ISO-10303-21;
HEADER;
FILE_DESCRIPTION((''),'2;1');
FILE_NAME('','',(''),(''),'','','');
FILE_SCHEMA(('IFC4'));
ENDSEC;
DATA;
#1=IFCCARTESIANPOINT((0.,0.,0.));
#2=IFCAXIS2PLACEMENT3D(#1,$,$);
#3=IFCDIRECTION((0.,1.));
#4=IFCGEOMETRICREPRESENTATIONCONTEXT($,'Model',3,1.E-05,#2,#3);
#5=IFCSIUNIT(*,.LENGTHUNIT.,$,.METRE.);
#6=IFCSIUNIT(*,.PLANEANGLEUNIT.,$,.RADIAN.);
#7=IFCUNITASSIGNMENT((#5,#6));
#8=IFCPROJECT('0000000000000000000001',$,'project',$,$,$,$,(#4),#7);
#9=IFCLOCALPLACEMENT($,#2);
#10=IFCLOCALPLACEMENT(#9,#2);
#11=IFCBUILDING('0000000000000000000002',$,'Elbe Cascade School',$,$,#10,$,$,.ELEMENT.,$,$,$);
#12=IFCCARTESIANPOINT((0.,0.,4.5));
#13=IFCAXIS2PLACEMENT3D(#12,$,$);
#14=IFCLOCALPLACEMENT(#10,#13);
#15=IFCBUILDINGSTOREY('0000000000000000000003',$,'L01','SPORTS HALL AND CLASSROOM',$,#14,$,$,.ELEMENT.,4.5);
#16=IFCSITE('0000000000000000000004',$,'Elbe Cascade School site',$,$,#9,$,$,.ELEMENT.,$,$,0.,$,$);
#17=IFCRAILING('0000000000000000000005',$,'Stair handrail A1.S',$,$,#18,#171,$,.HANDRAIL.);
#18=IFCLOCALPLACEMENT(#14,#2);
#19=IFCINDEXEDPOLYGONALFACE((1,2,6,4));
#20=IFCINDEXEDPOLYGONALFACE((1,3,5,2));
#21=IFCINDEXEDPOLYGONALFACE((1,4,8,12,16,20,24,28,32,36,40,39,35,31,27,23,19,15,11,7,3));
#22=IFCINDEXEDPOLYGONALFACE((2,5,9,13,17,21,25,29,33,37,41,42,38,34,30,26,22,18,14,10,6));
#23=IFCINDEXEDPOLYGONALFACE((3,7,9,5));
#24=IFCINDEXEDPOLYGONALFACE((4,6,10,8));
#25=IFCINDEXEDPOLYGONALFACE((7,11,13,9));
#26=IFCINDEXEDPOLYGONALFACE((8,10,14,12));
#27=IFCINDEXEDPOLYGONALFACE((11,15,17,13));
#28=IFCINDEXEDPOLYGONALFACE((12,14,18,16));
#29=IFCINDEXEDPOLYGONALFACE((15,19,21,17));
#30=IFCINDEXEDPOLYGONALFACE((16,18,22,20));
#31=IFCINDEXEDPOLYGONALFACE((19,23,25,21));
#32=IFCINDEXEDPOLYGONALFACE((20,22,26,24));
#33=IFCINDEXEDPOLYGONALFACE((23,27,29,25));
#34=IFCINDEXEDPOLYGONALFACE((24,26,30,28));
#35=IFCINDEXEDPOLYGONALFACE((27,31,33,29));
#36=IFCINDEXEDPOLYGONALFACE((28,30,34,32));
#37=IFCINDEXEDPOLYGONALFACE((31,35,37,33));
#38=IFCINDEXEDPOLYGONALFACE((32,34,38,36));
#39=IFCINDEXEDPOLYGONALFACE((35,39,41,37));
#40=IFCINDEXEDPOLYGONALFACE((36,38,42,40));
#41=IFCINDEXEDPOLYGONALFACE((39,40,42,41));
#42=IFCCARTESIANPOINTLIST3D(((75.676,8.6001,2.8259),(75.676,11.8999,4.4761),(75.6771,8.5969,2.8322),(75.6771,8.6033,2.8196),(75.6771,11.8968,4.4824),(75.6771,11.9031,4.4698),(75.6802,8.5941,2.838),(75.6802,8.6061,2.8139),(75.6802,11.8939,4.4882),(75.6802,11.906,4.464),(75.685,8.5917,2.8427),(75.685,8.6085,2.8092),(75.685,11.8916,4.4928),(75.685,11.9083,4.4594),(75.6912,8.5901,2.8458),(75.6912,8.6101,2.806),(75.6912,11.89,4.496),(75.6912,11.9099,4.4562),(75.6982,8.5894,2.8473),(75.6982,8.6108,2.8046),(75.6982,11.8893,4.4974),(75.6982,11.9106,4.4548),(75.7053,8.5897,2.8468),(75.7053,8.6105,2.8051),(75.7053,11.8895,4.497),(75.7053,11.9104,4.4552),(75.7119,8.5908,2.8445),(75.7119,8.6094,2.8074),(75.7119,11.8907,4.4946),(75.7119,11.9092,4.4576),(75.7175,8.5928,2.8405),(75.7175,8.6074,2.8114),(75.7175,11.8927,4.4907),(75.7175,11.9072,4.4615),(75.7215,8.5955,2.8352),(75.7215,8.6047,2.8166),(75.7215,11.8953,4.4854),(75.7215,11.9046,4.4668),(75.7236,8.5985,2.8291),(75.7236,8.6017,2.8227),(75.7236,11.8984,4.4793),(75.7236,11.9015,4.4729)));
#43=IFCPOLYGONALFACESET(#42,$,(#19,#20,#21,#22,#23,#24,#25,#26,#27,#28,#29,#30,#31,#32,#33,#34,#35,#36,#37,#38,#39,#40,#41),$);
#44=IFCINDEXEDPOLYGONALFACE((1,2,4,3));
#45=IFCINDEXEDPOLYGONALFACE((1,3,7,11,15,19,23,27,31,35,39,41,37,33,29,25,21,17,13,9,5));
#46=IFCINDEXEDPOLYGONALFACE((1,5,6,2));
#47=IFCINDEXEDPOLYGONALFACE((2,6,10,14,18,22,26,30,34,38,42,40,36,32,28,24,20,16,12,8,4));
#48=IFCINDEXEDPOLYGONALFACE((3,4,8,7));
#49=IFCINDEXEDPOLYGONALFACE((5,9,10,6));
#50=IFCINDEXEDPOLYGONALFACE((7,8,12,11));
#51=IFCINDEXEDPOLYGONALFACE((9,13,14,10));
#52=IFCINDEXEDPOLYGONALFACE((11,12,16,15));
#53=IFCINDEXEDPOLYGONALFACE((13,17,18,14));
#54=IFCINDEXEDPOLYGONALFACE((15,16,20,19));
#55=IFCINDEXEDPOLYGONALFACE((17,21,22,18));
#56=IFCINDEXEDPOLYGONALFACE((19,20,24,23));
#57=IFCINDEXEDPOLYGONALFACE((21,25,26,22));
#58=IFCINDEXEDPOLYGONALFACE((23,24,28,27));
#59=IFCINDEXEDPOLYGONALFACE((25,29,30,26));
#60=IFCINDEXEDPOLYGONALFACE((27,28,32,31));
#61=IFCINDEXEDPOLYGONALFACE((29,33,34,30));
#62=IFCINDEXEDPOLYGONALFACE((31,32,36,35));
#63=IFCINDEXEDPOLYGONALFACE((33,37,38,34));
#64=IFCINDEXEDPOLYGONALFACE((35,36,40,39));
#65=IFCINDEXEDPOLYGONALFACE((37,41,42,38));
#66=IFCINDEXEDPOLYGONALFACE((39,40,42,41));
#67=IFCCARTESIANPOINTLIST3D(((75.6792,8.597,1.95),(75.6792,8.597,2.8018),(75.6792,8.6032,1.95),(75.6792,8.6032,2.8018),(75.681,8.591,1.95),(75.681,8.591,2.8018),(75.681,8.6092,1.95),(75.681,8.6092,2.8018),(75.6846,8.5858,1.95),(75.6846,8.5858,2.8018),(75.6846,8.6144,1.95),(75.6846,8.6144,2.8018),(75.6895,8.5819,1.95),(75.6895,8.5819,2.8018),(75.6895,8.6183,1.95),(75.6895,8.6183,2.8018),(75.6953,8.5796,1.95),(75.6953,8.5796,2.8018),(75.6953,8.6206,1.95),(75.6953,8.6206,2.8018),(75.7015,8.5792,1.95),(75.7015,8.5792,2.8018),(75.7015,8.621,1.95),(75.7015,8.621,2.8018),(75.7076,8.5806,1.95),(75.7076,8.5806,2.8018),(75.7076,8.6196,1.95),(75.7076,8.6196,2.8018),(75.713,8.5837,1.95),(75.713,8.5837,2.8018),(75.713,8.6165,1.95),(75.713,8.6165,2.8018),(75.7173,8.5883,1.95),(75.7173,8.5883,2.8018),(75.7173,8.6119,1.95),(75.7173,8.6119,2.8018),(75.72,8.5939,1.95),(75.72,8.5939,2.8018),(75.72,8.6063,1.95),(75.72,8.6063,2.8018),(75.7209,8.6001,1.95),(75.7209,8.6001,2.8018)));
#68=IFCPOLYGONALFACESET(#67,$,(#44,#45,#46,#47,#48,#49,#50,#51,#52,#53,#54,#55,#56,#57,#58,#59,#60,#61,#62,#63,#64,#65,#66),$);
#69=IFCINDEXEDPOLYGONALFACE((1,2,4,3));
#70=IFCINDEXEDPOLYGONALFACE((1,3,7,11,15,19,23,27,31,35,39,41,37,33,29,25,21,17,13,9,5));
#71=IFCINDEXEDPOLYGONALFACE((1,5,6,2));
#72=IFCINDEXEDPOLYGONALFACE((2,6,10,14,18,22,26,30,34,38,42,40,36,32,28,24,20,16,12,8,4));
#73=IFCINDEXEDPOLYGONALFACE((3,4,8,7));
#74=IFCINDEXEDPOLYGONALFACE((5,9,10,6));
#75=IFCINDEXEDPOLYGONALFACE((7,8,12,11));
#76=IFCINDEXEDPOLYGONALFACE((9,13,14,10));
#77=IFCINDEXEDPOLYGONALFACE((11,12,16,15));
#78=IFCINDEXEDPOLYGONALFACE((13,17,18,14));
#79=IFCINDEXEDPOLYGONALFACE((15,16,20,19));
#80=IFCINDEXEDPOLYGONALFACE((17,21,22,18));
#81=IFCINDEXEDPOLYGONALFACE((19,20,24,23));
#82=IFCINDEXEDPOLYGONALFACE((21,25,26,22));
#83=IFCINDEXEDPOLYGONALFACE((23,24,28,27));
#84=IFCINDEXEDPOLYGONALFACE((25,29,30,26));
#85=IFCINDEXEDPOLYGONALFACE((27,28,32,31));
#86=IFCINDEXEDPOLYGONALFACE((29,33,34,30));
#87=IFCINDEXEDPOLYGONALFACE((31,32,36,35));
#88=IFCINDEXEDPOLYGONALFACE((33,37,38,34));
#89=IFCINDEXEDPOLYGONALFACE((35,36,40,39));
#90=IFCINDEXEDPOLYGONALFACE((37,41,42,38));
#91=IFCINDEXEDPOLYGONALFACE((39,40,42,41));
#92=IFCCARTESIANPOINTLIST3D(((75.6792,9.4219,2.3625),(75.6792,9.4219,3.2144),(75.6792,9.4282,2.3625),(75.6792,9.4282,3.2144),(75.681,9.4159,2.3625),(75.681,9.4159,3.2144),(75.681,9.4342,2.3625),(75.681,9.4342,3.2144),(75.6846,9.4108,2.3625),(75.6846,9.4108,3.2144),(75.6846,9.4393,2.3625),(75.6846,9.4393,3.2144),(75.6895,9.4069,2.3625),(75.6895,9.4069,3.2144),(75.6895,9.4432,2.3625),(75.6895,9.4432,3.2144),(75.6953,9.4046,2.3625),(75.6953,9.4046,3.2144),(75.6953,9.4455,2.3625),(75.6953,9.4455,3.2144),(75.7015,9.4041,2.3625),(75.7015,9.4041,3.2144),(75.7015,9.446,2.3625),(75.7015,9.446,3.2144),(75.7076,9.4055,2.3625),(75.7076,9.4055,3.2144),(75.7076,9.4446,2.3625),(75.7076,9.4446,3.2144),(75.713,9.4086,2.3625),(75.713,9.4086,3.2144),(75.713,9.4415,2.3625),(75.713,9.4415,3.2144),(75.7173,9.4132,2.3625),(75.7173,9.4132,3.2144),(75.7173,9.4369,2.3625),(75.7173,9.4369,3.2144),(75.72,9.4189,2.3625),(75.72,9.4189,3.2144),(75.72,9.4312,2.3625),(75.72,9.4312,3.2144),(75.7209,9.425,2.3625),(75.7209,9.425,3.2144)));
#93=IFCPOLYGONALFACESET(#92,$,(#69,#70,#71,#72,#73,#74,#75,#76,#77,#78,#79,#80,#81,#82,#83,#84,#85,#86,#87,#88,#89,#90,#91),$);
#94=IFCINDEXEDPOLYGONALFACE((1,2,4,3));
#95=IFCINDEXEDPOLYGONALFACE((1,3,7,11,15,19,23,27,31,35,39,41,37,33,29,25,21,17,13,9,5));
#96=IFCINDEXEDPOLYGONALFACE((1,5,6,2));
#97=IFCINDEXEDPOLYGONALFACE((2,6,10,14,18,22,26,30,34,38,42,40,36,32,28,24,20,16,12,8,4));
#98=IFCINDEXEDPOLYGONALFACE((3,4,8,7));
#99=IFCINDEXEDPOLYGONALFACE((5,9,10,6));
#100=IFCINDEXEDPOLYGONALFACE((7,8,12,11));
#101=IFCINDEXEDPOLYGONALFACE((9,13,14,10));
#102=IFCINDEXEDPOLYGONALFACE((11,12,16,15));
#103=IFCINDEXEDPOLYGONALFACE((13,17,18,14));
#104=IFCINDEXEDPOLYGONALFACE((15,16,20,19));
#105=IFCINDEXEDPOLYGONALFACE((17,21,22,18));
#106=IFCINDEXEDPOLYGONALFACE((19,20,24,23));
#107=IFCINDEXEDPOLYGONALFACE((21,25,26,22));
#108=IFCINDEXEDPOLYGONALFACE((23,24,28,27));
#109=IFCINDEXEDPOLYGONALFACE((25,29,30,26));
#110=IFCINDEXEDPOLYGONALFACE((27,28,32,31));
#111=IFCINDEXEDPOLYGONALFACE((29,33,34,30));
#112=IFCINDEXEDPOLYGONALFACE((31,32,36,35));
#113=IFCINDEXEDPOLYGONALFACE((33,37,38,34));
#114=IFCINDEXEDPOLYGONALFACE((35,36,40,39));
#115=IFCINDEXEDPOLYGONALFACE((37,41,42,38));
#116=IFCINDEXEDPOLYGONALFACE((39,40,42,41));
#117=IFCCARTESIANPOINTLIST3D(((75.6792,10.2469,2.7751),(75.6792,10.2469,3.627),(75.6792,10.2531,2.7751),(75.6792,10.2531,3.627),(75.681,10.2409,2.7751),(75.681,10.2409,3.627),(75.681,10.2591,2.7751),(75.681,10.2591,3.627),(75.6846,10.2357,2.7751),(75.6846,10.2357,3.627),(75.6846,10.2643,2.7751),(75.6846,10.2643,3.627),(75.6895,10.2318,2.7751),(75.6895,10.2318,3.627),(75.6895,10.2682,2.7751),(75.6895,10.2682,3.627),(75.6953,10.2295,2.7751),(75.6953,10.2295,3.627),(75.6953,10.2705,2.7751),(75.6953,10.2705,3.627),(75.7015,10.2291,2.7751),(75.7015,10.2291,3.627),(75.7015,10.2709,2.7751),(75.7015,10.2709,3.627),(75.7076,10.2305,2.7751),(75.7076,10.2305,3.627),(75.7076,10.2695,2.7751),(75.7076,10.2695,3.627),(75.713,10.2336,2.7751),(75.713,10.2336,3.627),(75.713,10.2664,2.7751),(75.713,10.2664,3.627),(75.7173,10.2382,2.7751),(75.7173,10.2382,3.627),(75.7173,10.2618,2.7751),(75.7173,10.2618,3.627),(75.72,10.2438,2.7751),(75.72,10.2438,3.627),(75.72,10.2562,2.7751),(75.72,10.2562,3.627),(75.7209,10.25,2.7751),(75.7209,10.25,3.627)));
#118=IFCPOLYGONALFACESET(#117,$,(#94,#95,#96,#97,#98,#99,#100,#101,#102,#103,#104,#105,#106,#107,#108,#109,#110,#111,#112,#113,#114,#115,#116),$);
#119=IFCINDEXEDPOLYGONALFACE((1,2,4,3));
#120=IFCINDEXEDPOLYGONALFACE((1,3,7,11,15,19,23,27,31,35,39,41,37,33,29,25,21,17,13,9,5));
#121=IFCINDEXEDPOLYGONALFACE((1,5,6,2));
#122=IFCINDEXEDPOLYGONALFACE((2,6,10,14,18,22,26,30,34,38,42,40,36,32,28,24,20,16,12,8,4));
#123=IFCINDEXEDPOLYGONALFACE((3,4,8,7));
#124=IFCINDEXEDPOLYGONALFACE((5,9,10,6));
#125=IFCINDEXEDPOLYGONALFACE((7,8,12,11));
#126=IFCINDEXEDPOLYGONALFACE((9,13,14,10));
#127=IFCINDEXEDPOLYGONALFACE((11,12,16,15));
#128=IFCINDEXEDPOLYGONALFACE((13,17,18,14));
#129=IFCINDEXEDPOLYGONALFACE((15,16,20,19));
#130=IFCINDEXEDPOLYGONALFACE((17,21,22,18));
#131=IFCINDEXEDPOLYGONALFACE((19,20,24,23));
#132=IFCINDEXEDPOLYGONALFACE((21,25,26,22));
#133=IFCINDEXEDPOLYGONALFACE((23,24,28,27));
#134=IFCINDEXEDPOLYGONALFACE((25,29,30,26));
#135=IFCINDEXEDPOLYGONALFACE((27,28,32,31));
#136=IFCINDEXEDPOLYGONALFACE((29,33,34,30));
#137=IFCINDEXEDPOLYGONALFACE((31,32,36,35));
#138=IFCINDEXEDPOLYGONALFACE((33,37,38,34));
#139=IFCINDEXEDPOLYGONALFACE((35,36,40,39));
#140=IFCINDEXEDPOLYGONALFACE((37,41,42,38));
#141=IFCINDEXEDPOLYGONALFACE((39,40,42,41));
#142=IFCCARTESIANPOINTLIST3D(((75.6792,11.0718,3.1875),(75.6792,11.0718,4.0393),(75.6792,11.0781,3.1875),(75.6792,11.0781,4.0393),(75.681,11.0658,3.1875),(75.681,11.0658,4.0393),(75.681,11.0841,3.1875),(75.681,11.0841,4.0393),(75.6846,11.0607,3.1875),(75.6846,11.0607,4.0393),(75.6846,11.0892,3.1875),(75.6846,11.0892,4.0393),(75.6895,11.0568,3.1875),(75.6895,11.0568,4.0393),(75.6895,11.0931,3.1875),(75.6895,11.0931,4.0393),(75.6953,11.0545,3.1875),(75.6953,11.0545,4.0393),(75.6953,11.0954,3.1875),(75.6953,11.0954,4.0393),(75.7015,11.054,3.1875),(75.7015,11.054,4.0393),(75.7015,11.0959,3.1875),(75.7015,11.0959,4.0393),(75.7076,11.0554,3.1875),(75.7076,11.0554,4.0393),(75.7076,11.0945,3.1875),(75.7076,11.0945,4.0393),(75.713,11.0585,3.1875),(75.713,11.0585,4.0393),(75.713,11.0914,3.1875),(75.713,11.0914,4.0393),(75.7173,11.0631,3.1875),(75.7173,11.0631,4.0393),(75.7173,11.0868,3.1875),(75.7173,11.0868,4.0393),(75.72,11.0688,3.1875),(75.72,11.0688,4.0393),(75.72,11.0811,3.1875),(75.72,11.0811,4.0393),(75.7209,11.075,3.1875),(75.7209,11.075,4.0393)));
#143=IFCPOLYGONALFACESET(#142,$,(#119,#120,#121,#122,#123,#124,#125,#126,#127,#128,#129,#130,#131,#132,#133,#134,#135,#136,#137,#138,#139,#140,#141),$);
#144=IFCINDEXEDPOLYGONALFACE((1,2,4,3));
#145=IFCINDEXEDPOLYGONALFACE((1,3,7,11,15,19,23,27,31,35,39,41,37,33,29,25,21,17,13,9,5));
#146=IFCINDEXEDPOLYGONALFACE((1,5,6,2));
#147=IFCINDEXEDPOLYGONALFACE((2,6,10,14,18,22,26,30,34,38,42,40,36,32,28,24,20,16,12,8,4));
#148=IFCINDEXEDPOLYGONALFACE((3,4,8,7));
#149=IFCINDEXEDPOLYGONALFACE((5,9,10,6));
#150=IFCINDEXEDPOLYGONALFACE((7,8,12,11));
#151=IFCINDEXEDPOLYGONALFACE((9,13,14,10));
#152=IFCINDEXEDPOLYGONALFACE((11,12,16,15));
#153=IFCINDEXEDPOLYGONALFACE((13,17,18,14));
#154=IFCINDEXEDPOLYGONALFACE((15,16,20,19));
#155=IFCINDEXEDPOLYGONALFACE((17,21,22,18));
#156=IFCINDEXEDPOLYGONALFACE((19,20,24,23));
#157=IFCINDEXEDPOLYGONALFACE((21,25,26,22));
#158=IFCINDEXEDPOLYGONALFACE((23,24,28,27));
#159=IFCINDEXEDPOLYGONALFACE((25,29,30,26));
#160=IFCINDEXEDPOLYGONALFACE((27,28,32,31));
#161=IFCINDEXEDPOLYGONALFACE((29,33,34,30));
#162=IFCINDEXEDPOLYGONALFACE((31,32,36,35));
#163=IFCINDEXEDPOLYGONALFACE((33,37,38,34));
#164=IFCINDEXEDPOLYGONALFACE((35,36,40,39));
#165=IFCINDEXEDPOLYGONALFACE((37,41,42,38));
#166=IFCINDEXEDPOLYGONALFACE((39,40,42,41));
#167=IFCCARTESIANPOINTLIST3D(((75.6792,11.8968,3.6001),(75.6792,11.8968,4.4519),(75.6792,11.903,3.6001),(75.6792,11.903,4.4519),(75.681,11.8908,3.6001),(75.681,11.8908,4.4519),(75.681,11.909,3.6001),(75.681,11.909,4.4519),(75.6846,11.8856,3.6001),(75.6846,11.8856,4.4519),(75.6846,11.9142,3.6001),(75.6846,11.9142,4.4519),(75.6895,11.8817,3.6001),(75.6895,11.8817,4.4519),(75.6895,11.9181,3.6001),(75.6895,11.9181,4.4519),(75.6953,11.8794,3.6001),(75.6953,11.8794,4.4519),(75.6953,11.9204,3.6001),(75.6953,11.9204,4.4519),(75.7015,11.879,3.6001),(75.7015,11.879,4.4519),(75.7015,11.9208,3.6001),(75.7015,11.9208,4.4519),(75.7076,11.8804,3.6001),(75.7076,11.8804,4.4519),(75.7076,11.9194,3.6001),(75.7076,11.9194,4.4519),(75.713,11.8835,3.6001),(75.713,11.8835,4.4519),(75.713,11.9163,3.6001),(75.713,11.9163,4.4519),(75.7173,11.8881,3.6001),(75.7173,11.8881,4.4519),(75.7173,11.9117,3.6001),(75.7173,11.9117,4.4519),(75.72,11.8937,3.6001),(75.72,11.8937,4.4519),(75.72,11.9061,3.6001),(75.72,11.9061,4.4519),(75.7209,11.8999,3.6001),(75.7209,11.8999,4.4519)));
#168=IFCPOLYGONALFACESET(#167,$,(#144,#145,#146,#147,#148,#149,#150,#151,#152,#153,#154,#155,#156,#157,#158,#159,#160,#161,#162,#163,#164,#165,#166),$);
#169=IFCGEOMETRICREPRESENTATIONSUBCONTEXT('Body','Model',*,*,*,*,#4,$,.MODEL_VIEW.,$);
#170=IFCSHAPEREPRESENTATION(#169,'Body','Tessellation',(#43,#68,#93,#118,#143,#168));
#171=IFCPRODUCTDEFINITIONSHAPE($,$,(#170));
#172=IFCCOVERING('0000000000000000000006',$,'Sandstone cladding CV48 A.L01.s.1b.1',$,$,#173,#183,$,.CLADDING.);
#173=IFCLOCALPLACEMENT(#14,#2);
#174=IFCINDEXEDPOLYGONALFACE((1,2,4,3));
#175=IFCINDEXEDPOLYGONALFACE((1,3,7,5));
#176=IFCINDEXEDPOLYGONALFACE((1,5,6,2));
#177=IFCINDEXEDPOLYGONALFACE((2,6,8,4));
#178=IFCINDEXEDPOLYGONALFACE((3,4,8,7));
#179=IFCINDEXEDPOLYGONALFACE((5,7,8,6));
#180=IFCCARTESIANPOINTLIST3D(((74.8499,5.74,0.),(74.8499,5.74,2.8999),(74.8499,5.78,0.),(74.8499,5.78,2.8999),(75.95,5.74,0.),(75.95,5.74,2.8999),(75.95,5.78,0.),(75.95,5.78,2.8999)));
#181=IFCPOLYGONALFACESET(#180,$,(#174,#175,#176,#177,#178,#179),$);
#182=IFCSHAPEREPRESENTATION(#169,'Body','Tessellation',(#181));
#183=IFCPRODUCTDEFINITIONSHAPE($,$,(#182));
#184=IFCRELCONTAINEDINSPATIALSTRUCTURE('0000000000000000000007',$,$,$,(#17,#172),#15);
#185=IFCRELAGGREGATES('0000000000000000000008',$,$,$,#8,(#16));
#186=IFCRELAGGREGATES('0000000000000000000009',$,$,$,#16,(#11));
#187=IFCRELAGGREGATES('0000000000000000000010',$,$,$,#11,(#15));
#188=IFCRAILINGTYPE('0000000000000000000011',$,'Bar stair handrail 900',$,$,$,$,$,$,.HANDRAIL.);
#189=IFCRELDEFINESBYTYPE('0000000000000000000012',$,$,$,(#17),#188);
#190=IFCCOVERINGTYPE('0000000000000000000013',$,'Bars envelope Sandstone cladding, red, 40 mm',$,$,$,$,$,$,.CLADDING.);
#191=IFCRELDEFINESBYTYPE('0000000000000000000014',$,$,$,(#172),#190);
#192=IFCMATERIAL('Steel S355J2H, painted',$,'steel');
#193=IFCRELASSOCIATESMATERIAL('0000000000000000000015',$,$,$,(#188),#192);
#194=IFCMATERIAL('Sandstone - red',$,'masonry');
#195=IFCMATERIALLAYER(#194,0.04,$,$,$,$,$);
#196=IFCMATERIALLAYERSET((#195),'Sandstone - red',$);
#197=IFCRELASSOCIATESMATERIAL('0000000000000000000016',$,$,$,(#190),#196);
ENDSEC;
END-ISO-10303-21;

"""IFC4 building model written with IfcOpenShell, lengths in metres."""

from ifc_helpers import new_model, si_unit, direction, frame, origin, origin_2d, place, context, subcontext, project, spatial, rectangle, circle, extrude, material, layer, layer_set, type_object, element, save


model = new_model("IFC4")

# Units and contexts
model_context = context("Model", 3, precision=1e-05, world=origin(), true_north=direction((0.0, 1.0)))
body_context = subcontext(model_context, "Body", "Model", "MODEL_VIEW")
ifc_project = project(units=[si_unit("LENGTHUNIT", "METRE"), si_unit("PLANEANGLEUNIT", "RADIAN")], contexts=[model_context])

# Site, building, storey
site_placement = place(None, origin())
site = spatial("IfcSite", under=ifc_project, at=site_placement, Name="Elbe Cascade School site", CompositionType="ELEMENT", RefElevation=0.0)
building_placement = place(site_placement, origin())
building = spatial("IfcBuilding", under=site, at=building_placement, Name="Elbe Cascade School", CompositionType="ELEMENT")
storey_placement = place(building_placement, frame((0.0, 0.0, 4.5)))
storey = spatial("IfcBuildingStorey", under=building, at=storey_placement, Name="L01", Description="SPORTS HALL AND CLASSROOM", CompositionType="ELEMENT", Elevation=4.5)

# Railing
ifc_material_1 = material(Name="Steel S355J2H, painted", Category="steel")
railing_type = type_object("IfcRailingType", Name="Bar stair handrail 900", PredefinedType="HANDRAIL", material=ifc_material_1)
railing_placement = place(storey_placement, frame((75.7, 8.6001, 1.95)))
element("IfcRailing", 1, at=railing_placement, inside=storey, type_object=railing_type, Name="Stair handrail A1.S", PredefinedType="HANDRAIL", context=body_context, shape_type="SweptSolid", body=[
    extrude(circle(Radius=0.0239, at=origin_2d()), frame((0.0, 0.0, 0.876), z_axis=(0.0, 0.894401, 0.447267), x_axis=(-1.0, 0.0, 0.0)), (0.0, 0.0, 1.0), 3.6895),
    extrude(circle(Radius=0.021, at=origin_2d()), origin(), (0.0, 0.0, 1.0), 0.8518),
    extrude(circle(Radius=0.021, at=origin_2d()), frame((0.0, 0.825, 0.4126)), (0.0, 0.0, 1.0), 0.8518),
    extrude(circle(Radius=0.021, at=origin_2d()), frame((0.0, 1.6499, 0.8252)), (0.0, 0.0, 1.0), 0.8518),
    extrude(circle(Radius=0.021, at=origin_2d()), frame((0.0, 2.4749, 1.2375)), (0.0, 0.0, 1.0), 0.8518),
    extrude(circle(Radius=0.021, at=origin_2d()), frame((0.0, 3.2998, 1.6501)), (0.0, 0.0, 1.0), 0.8518),
])

# Covering
ifc_material_2 = material(Name="Sandstone - red", Category="masonry")
ifc_layer_1 = layer(ifc_material_2, 0.04)
ifc_layer_set_1 = layer_set([ifc_layer_1], Name="Sandstone - red")
covering_type = type_object("IfcCoveringType", Name="Bars envelope Sandstone cladding, red, 40 mm", PredefinedType="CLADDING", material=ifc_layer_set_1)
covering_placement = place(storey_placement, frame((75.3999, 5.76, 0.0), z_axis=(0.0, 0.0, 1.0), x_axis=(1.0, 0.0, 0.0)))
element("IfcCovering", 2, at=covering_placement, inside=storey, type_object=covering_type, Name="Sandstone cladding CV48 A.L01.s.1b.1", PredefinedType="CLADDING", context=body_context, shape_type="SweptSolid", body=[
    extrude(rectangle(XDim=1.1001, YDim=0.04, at=origin_2d()), origin(), (0.0, 0.0, 1.0), 2.8999),
])

save(model, "model.ifc")
